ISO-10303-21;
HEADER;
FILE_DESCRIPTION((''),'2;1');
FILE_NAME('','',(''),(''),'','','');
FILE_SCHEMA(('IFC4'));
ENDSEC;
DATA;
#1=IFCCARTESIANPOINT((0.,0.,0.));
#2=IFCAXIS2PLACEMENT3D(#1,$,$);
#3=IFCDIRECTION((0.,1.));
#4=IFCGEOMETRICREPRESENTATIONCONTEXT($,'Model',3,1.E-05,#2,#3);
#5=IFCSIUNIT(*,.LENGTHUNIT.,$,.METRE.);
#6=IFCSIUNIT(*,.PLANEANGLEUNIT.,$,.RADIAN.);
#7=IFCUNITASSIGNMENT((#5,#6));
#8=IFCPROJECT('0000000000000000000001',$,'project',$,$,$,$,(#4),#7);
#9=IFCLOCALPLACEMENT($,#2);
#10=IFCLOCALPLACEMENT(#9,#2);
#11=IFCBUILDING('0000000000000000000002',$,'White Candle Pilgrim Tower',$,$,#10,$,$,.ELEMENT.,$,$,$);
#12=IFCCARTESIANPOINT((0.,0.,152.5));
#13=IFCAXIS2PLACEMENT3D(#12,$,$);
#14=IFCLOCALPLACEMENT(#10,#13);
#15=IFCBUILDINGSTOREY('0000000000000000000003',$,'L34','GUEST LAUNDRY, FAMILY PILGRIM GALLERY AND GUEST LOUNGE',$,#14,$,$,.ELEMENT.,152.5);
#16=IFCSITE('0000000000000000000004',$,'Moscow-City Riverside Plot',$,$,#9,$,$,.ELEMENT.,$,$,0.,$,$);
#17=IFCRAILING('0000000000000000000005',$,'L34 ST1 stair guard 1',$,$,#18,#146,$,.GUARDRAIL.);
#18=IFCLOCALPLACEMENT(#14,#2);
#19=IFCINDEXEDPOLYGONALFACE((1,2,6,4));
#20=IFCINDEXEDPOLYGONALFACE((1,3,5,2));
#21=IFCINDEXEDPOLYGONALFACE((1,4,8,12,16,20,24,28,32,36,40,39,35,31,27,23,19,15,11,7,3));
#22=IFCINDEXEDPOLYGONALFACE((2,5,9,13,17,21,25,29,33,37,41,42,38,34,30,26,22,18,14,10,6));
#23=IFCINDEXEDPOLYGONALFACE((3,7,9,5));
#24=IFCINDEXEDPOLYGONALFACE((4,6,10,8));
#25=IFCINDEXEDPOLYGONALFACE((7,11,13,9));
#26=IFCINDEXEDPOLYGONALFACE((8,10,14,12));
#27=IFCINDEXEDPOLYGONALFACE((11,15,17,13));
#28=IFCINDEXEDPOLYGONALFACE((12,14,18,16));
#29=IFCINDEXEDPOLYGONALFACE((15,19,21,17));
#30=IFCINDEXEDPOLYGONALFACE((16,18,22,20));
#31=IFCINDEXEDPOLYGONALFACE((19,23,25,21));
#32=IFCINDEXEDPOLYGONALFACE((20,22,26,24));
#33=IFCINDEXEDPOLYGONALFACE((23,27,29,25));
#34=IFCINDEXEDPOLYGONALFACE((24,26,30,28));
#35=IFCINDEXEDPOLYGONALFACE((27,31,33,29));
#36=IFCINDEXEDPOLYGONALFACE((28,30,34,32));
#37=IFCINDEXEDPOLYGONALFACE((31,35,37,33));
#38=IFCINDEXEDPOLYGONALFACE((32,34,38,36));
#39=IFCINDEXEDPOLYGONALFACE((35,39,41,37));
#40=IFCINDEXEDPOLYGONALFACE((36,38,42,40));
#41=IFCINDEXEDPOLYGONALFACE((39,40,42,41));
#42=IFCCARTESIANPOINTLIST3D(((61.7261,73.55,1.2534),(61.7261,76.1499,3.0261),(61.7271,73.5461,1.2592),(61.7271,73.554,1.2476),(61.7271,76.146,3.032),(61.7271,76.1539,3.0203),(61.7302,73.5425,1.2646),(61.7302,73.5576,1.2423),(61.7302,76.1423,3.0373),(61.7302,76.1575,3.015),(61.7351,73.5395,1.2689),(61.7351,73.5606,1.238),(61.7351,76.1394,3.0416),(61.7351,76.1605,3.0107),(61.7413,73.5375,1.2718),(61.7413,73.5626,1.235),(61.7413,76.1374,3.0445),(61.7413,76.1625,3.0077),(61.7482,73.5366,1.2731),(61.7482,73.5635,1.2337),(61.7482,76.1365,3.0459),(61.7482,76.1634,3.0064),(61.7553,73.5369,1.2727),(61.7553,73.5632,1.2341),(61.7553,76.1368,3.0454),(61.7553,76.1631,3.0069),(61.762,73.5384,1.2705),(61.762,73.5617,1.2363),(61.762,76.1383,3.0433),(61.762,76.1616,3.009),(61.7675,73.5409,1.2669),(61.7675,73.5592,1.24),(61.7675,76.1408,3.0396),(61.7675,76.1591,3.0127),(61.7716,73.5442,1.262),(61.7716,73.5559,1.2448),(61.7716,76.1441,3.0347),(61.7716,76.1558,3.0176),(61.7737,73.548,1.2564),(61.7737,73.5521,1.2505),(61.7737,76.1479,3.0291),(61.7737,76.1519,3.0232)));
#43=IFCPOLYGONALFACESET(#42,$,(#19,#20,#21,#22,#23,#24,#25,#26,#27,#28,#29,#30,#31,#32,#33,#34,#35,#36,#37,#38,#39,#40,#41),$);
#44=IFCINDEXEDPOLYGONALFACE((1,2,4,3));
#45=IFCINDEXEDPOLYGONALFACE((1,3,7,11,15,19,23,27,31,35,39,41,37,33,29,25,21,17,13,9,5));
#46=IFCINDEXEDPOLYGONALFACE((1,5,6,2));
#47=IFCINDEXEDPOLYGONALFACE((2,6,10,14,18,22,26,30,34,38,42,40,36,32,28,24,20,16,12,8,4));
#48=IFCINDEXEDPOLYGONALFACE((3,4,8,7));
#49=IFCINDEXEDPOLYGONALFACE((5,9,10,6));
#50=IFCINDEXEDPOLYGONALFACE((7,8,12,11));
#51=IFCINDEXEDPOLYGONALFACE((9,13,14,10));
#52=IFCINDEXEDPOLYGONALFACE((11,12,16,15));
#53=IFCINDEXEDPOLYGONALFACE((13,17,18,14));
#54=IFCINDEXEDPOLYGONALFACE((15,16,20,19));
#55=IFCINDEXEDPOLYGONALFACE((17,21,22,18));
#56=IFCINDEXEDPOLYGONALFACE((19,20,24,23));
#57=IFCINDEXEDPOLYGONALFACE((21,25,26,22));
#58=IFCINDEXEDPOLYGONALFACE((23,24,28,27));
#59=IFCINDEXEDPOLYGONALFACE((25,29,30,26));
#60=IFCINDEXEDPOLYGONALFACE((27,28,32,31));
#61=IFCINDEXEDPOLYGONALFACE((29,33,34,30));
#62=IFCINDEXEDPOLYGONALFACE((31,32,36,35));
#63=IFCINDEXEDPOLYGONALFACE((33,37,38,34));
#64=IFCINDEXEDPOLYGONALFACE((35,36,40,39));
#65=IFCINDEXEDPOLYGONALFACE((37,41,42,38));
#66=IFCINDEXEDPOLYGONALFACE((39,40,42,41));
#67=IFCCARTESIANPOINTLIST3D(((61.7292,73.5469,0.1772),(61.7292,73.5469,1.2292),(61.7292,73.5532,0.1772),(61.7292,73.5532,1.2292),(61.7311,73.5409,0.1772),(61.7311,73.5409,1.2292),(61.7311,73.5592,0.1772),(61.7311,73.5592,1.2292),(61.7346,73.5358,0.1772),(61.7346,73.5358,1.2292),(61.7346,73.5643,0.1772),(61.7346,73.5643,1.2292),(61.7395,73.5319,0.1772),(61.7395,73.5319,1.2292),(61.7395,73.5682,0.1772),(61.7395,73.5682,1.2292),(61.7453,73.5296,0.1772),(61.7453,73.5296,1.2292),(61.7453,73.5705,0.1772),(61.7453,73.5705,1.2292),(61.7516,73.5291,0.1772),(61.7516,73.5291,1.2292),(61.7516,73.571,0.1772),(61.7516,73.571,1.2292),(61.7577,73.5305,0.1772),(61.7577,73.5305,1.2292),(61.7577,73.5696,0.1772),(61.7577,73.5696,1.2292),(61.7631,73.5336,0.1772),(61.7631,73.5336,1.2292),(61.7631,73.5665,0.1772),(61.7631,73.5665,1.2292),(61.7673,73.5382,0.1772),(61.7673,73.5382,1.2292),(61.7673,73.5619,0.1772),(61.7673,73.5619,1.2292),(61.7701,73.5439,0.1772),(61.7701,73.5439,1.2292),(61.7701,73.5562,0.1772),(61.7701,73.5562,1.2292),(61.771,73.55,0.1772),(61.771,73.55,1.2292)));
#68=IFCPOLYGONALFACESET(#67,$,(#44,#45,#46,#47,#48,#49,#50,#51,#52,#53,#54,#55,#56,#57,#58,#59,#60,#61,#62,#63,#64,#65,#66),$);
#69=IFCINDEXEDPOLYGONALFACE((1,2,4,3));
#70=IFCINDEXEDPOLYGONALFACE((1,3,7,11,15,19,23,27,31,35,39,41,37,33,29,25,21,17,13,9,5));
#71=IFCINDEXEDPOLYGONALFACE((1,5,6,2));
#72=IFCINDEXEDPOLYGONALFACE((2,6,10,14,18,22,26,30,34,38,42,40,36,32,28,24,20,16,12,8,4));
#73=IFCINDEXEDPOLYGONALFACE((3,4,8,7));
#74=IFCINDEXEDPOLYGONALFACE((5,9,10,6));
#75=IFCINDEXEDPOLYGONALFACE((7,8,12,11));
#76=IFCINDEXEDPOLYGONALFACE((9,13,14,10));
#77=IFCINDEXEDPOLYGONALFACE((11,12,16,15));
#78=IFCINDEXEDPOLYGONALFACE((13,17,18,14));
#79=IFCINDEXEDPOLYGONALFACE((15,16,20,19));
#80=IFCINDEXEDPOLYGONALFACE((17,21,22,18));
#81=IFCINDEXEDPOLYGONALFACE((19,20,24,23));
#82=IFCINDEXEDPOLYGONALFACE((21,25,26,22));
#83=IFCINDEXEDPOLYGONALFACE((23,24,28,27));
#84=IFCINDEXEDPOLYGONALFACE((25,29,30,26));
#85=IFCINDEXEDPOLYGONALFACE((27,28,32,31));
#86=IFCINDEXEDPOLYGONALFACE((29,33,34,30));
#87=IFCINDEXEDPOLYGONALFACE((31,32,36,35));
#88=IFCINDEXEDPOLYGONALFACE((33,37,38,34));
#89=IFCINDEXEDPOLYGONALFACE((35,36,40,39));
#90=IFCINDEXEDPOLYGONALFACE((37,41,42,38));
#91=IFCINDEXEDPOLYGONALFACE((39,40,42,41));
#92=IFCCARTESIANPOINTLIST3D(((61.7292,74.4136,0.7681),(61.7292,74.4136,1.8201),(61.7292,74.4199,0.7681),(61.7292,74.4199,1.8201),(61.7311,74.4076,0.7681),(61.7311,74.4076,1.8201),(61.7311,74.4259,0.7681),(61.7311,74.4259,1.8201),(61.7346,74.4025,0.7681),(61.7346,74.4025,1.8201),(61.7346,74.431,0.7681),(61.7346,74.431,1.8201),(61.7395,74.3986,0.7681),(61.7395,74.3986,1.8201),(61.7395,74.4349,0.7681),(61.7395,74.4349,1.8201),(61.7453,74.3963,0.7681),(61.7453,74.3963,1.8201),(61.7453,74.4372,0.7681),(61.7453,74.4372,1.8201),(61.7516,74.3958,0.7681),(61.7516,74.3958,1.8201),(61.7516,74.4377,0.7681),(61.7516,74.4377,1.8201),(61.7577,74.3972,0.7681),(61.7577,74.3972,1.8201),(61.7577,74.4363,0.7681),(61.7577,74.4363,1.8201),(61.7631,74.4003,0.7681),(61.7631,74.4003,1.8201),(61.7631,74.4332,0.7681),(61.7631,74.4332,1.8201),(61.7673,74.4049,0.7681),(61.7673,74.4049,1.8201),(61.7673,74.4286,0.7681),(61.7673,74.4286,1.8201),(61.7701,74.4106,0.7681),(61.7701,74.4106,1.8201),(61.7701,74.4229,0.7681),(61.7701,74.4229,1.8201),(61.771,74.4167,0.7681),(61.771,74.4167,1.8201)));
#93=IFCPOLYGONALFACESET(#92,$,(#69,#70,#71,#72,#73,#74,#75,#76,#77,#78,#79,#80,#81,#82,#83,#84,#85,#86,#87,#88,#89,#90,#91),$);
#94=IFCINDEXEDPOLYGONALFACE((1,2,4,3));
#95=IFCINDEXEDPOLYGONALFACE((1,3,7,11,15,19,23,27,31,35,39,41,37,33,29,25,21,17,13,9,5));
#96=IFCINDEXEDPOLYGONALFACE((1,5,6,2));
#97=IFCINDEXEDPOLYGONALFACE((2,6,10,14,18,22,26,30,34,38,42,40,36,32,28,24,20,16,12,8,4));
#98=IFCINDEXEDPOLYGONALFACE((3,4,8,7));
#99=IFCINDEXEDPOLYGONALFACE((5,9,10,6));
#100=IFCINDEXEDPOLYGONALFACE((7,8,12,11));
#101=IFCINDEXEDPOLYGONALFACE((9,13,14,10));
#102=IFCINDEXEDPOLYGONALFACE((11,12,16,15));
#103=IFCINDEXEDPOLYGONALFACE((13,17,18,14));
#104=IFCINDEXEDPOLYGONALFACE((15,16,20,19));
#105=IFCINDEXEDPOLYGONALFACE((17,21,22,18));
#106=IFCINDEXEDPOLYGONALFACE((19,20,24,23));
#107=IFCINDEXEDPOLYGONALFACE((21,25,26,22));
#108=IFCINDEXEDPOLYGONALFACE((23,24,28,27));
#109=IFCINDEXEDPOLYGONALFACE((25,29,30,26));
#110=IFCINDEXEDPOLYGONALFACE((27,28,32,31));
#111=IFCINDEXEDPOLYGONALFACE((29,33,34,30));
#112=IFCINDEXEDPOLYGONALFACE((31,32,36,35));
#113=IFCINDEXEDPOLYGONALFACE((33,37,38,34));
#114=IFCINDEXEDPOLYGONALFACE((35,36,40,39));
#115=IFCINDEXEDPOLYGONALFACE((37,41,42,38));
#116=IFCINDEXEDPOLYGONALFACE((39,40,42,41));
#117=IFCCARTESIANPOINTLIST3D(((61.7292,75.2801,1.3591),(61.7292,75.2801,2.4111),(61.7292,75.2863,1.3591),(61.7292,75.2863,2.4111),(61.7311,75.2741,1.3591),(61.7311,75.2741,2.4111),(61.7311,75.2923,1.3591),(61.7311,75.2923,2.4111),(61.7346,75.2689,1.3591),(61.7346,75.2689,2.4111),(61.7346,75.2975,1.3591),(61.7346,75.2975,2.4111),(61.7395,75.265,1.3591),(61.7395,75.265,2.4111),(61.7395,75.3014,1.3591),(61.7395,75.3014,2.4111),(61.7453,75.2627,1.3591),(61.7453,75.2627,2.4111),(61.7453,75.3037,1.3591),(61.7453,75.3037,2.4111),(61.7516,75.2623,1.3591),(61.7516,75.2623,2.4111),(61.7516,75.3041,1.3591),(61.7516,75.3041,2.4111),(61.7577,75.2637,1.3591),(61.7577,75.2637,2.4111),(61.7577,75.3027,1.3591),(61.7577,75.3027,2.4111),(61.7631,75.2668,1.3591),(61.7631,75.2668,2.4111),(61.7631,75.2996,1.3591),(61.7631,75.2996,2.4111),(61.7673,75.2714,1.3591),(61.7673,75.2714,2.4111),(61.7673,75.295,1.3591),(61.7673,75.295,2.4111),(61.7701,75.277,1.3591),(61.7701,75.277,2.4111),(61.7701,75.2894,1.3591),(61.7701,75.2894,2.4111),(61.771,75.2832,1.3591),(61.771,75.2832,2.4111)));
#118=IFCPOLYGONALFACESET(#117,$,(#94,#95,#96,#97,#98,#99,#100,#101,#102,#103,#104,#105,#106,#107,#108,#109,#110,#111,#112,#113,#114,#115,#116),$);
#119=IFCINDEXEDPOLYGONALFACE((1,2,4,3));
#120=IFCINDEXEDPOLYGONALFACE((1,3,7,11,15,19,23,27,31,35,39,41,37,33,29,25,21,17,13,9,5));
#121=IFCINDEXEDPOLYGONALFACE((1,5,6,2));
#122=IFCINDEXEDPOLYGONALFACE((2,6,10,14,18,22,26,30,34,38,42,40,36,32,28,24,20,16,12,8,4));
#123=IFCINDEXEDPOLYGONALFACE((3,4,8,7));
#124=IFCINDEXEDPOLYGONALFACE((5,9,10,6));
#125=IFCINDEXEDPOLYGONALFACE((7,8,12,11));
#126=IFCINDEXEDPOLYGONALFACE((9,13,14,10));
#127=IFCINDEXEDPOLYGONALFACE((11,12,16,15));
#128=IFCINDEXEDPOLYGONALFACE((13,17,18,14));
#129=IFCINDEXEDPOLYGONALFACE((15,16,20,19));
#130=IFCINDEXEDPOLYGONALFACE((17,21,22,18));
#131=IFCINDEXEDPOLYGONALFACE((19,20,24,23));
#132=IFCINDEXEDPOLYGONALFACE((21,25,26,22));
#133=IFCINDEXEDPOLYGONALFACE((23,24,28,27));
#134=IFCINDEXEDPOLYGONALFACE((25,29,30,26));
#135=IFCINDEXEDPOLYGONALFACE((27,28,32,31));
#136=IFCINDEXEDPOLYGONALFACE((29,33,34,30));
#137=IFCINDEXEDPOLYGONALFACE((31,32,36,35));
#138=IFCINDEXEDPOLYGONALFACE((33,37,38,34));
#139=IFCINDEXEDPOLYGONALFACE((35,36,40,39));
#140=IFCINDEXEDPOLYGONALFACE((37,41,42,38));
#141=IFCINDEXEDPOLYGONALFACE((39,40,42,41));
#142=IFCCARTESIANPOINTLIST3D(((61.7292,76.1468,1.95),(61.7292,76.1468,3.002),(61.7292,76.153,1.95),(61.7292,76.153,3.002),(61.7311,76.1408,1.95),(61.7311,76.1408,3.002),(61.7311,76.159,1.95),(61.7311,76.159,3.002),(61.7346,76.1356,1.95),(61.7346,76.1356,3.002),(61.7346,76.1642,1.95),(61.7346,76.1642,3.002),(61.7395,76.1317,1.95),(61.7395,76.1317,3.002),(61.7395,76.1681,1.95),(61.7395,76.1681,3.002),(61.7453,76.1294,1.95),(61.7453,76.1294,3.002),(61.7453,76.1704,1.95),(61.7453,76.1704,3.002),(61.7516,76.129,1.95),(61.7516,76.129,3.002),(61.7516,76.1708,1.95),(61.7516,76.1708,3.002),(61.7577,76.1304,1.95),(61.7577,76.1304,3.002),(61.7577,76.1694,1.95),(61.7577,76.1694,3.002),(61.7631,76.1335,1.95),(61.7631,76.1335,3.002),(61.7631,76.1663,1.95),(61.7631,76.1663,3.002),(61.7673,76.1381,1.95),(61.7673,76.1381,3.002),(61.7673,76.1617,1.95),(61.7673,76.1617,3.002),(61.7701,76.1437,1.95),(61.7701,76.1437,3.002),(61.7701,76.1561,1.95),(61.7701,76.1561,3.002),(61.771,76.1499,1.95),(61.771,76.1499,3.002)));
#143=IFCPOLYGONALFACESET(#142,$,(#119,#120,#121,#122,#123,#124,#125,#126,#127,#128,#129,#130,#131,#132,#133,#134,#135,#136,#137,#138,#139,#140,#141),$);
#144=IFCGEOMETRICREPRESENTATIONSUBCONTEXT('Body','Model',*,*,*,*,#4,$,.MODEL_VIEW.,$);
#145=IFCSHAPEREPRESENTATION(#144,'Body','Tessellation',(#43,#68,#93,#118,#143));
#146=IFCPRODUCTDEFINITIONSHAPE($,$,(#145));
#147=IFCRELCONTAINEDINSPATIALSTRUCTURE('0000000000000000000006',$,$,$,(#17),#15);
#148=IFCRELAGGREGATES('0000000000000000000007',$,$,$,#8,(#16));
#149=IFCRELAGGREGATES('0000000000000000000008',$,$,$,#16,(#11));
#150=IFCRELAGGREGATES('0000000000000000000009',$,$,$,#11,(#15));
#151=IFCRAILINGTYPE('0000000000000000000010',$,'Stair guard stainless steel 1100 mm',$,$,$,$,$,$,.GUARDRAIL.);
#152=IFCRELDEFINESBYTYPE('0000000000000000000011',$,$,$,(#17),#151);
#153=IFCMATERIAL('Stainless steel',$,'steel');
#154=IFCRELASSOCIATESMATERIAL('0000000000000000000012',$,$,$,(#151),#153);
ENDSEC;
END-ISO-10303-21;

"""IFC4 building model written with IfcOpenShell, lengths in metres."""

from ifc_helpers import new_model, si_unit, direction, frame, origin, origin_2d, place, context, subcontext, project, spatial, circle, extrude, material, type_object, element, save


model = new_model("IFC4")

# Units and contexts
model_context = context("Model", 3, precision=1e-05, world=origin(), true_north=direction((0.0, 1.0)))
body_context = subcontext(model_context, "Body", "Model", "MODEL_VIEW")
ifc_project = project(units=[si_unit("LENGTHUNIT", "METRE"), si_unit("PLANEANGLEUNIT", "RADIAN")], contexts=[model_context])

# Site, building, storey
site_placement = place(None, origin())
site = spatial("IfcSite", under=ifc_project, at=site_placement, Name="Moscow-City Riverside Plot", CompositionType="ELEMENT", RefElevation=0.0)
building_placement = place(site_placement, origin())
building = spatial("IfcBuilding", under=site, at=building_placement, Name="White Candle Pilgrim Tower", CompositionType="ELEMENT")
storey_placement = place(building_placement, frame((0.0, 0.0, 152.5)))
storey = spatial("IfcBuildingStorey", under=building, at=storey_placement, Name="L34", Description="GUEST LAUNDRY, FAMILY PILGRIM GALLERY AND GUEST LOUNGE", CompositionType="ELEMENT", Elevation=152.5)

# Railing
ifc_material_1 = material(Name="Stainless steel", Category="steel")
railing_type_1 = type_object("IfcRailingType", Name="Stair guard stainless steel 1100 mm", PredefinedType="GUARDRAIL", material=ifc_material_1)
railing_1_placement = place(storey_placement, frame((61.75, 73.55, 0.1772)))
element("IfcRailing", 1, at=railing_1_placement, inside=storey, type_object=railing_type_1, Name="L34 ST1 stair guard 1", PredefinedType="GUARDRAIL", context=body_context, shape_type="SweptSolid", body=[
    extrude(circle(Radius=0.0239, at=origin_2d()), frame((0.0, 0.0, 1.0762), z_axis=(0.0, 0.826216, 0.563354), x_axis=(-1.0, 0.0, 0.0)), (0.0, 0.0, 1.0), 3.1467),
    extrude(circle(Radius=0.021, at=origin_2d()), origin(), (0.0, 0.0, 1.0), 1.052),
    extrude(circle(Radius=0.021, at=origin_2d()), frame((0.0, 0.8667, 0.5908)), (0.0, 0.0, 1.0), 1.052),
    extrude(circle(Radius=0.021, at=origin_2d()), frame((0.0, 1.7332, 1.1819)), (0.0, 0.0, 1.0), 1.052),
    extrude(circle(Radius=0.021, at=origin_2d()), frame((0.0, 2.5999, 1.7727)), (0.0, 0.0, 1.0), 1.052),
])

save(model, "model.ifc")
